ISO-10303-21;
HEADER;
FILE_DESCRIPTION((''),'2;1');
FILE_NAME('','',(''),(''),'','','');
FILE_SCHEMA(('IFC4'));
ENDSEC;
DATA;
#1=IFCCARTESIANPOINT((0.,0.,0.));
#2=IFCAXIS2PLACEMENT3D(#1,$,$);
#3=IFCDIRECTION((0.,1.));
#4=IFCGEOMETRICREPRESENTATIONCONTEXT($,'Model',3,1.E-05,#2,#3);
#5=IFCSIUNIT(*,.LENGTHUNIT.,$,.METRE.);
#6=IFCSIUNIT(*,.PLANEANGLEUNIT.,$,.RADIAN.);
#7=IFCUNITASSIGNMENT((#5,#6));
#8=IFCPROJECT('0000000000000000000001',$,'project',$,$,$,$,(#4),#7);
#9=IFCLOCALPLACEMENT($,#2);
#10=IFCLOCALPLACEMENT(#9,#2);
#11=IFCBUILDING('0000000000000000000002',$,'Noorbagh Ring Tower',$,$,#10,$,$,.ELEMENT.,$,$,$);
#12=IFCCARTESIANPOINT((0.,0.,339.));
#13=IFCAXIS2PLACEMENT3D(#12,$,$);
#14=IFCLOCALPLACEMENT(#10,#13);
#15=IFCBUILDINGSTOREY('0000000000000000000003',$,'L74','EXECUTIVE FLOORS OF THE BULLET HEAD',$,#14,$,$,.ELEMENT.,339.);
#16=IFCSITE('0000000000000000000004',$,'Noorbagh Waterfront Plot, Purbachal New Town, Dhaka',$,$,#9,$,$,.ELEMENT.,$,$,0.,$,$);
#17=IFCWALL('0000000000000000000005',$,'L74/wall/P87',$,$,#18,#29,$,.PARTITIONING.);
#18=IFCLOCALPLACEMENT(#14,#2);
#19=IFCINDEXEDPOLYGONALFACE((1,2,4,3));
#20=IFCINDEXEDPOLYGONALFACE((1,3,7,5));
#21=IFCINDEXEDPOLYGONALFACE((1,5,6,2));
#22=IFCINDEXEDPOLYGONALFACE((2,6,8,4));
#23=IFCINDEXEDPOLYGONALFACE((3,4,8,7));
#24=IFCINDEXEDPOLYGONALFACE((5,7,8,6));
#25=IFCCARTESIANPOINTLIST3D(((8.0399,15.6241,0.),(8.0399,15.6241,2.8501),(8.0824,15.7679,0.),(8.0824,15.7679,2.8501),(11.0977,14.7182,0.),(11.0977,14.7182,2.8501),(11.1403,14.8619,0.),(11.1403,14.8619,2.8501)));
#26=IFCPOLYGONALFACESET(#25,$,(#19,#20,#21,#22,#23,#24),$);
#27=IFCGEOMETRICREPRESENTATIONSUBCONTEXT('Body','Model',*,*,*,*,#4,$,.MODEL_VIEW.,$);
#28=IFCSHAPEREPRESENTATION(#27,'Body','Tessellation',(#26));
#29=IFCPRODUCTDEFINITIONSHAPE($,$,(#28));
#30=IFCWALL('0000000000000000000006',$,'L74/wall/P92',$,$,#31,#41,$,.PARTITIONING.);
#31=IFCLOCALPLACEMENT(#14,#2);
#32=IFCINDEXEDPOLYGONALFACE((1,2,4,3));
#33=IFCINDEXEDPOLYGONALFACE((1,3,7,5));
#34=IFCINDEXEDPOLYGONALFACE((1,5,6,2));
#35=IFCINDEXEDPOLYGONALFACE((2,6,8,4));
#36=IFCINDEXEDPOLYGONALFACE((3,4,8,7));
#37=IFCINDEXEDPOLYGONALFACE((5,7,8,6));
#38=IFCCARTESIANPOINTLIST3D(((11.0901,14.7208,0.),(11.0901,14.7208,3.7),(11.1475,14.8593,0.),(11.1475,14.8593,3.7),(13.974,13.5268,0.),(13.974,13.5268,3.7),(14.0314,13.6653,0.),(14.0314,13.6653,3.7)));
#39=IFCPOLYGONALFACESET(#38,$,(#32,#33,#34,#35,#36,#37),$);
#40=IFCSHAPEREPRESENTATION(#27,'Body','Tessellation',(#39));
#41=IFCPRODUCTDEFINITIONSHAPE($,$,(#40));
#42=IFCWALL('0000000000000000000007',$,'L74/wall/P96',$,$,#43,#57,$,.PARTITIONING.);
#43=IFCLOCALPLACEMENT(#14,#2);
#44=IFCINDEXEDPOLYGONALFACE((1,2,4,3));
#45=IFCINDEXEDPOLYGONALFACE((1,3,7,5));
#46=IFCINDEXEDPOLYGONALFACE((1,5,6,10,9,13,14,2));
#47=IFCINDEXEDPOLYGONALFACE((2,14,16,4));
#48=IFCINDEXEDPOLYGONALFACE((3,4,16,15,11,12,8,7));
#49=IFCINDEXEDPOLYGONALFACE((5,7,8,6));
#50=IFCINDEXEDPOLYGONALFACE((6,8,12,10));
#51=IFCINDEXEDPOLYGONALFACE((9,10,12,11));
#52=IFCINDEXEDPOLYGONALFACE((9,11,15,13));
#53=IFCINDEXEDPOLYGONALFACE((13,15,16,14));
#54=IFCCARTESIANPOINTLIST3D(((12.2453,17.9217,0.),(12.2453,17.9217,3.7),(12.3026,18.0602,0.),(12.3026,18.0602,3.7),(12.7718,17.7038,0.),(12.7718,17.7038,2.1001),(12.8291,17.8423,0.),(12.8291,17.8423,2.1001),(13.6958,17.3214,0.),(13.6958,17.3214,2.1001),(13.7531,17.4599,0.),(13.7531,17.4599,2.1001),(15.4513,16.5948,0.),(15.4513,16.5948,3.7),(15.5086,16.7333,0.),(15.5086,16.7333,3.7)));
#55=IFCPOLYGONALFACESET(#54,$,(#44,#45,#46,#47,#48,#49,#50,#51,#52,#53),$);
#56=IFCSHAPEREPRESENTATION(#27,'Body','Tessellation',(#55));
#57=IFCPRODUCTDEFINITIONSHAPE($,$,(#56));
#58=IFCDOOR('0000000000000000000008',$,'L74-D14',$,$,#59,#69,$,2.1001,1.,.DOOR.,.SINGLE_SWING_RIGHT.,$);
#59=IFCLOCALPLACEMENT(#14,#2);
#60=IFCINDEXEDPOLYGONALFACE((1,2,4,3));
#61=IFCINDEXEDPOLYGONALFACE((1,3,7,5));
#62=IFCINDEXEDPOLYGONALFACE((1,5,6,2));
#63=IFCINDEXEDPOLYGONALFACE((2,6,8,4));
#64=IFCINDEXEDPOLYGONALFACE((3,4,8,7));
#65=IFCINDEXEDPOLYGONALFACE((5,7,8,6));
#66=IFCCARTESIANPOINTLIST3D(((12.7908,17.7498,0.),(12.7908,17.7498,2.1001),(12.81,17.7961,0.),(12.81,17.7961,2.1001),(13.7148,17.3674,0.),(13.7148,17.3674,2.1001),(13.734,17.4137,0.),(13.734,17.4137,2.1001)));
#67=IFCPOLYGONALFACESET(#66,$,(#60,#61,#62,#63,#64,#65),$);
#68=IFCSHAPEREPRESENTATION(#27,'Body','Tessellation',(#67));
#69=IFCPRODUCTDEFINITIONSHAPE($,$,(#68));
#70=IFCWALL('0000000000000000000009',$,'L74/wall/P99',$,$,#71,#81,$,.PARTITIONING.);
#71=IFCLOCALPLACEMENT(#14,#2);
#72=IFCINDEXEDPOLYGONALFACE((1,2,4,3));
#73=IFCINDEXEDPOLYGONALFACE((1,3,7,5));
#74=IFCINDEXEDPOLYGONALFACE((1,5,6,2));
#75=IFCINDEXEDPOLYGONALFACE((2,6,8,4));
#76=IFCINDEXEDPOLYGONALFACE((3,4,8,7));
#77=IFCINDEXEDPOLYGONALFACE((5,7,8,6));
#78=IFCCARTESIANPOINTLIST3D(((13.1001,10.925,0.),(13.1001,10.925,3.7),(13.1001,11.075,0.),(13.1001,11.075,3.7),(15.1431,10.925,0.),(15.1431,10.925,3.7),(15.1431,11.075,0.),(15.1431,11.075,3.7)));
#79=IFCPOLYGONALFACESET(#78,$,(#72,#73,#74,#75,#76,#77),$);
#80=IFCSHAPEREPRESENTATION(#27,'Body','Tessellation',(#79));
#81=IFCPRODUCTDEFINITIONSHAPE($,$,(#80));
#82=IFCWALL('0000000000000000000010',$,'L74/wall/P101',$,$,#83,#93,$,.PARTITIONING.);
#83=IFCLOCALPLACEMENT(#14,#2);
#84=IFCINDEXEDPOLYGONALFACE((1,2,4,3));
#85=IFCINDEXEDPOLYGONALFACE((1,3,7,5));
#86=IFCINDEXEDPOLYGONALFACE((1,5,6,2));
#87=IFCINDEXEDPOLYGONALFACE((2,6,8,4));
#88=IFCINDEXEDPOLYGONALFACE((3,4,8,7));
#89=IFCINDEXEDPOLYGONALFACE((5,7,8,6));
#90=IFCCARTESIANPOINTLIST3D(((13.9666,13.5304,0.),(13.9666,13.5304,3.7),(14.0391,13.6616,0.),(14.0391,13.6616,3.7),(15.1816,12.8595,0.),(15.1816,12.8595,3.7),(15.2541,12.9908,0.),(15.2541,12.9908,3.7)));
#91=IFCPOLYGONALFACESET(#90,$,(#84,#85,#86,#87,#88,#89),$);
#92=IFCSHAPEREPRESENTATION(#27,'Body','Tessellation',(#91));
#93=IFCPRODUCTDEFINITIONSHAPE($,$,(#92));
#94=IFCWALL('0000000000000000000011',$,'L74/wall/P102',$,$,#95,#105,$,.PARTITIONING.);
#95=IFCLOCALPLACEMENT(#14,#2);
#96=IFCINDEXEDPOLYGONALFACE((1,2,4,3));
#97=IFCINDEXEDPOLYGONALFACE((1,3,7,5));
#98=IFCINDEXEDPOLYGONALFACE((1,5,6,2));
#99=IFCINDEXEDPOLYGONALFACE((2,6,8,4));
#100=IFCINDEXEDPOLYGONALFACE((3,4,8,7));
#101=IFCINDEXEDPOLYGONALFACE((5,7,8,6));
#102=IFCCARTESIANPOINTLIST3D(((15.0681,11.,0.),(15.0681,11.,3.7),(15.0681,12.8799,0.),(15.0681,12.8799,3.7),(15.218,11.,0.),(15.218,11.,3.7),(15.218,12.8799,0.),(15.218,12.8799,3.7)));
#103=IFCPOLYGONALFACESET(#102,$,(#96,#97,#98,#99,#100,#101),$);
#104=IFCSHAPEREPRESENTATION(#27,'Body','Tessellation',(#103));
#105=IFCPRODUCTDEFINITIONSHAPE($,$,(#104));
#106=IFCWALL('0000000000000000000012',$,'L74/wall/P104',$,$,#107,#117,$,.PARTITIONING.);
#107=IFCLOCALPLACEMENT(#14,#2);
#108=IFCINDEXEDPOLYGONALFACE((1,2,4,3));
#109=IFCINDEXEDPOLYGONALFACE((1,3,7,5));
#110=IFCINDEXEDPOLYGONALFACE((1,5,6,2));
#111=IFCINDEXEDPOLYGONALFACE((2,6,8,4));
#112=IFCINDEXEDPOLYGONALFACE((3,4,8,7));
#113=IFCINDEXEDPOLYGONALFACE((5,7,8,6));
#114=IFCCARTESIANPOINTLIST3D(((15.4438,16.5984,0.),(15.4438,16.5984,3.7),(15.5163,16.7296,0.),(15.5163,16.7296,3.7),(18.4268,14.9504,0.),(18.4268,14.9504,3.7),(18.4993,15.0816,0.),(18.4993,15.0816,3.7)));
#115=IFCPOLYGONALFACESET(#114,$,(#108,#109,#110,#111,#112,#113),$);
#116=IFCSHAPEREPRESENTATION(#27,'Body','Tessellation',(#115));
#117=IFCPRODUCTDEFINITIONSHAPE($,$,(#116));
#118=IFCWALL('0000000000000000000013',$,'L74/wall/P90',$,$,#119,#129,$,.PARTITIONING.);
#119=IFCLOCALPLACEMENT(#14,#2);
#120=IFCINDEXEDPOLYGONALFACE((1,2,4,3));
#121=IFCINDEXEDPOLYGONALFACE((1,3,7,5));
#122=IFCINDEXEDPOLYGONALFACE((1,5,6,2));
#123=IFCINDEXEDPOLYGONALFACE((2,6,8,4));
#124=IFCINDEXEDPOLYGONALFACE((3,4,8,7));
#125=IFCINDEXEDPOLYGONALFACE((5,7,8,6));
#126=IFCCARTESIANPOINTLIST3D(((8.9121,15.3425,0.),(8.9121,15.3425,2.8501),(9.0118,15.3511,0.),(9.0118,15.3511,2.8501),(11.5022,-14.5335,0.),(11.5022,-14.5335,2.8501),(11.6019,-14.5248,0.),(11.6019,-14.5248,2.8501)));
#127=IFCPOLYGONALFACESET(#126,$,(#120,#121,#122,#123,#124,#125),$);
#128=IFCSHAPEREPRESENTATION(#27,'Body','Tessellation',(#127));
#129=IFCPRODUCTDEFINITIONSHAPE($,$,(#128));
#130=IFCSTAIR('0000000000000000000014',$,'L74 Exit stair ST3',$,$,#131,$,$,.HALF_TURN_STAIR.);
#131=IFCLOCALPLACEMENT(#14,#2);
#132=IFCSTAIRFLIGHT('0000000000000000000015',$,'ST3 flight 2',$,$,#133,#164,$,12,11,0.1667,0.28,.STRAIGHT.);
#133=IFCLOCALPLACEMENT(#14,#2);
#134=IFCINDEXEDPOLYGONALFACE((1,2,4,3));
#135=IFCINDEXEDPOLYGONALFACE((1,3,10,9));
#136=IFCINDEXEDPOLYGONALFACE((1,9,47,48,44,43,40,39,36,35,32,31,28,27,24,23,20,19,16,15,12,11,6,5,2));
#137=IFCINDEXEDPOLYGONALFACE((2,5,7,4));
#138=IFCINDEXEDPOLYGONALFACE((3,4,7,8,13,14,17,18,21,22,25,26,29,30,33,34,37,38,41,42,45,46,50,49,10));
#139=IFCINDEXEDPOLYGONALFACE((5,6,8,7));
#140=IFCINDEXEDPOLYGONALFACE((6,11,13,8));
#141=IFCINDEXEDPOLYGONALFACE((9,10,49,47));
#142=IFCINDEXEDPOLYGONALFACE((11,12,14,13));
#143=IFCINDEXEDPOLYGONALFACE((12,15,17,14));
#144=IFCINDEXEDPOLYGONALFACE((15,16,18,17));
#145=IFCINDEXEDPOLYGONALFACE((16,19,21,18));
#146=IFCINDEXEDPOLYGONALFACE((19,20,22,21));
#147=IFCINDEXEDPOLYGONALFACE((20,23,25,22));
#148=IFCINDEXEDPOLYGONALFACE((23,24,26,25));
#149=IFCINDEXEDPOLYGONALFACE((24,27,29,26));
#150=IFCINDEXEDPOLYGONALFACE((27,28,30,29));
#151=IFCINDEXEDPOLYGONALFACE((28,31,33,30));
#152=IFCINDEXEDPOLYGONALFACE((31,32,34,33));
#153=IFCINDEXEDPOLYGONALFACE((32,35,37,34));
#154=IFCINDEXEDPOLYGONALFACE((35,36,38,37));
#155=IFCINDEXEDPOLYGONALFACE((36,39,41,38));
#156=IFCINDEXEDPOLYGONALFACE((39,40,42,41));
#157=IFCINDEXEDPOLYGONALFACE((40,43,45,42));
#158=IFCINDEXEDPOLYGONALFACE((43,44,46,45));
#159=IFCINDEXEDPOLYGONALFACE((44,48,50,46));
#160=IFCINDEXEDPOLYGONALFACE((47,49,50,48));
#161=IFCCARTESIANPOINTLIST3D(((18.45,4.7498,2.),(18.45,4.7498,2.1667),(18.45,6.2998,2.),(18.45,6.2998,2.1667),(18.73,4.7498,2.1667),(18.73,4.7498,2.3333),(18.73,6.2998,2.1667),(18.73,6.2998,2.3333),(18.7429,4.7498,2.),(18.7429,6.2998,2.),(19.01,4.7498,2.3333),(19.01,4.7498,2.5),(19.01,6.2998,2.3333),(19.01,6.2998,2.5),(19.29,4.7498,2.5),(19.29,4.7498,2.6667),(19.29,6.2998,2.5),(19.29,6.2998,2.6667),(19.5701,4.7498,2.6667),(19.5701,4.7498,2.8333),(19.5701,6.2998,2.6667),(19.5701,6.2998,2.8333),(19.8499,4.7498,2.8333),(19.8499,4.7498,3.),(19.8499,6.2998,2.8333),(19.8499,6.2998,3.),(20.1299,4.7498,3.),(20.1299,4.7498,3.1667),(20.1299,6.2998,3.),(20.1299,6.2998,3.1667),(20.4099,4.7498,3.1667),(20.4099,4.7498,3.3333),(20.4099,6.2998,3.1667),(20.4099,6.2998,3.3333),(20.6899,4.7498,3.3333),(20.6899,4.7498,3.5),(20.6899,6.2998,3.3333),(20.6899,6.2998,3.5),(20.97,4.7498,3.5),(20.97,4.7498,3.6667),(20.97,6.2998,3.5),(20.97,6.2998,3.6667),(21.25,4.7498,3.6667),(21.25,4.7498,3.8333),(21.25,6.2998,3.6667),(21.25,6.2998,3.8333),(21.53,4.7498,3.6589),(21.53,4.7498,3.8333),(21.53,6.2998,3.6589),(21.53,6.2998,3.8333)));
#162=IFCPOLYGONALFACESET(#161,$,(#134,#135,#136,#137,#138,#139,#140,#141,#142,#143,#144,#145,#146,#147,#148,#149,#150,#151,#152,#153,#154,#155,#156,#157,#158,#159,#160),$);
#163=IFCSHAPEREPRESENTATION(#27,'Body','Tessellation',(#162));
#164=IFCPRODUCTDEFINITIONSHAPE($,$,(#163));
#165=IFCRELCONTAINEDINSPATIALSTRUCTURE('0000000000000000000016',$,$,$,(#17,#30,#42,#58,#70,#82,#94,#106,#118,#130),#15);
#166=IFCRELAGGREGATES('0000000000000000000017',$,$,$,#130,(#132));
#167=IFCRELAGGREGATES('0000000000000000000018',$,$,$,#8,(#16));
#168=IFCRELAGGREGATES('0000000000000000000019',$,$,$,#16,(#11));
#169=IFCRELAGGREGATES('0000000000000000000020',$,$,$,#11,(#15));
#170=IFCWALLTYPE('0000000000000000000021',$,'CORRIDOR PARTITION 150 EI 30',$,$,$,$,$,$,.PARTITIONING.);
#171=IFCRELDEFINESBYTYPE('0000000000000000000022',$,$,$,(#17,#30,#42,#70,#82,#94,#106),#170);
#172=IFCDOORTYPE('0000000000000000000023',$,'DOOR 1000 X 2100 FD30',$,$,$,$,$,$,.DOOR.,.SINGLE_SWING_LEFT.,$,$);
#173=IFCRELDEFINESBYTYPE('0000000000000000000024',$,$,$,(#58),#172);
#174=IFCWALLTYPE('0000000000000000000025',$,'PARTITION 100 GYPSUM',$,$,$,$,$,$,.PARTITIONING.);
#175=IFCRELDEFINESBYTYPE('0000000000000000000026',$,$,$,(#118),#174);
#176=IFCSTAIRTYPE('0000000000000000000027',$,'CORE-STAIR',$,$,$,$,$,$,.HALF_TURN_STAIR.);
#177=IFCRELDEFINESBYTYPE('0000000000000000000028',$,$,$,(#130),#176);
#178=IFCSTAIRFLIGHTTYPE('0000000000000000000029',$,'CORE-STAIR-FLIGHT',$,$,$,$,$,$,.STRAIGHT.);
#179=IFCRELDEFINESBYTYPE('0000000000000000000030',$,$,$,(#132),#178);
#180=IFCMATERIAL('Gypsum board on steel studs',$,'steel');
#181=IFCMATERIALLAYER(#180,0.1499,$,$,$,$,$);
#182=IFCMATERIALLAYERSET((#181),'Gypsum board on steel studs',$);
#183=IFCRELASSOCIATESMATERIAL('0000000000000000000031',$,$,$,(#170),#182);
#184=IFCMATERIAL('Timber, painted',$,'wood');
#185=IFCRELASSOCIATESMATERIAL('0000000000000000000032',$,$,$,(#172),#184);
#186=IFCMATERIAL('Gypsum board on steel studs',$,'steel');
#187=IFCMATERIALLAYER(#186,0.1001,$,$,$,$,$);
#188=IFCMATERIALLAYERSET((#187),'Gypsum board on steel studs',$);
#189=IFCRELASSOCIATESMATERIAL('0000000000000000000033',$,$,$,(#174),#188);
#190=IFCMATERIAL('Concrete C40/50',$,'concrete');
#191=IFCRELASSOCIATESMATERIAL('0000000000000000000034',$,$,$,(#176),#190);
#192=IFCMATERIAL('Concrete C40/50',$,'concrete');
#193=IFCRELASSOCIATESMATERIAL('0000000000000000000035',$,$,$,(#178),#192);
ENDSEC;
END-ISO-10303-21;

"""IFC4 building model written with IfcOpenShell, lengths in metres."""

from ifc_helpers import new_model, si_unit, direction, frame, frame_2d, origin, place, context, subcontext, project, spatial, polyline, rectangle, outline, extrude, material, layer, layer_set, type_object, element, fill, aggregate, save


model = new_model("IFC4")

# Units and contexts
model_context = context("Model", 3, precision=1e-05, world=origin(), true_north=direction((0.0, 1.0)))
body_context = subcontext(model_context, "Body", "Model", "MODEL_VIEW")
ifc_project = project(units=[si_unit("LENGTHUNIT", "METRE"), si_unit("PLANEANGLEUNIT", "RADIAN")], contexts=[model_context])

# Site, building, storey
site_placement = place(None, origin())
site = spatial("IfcSite", under=ifc_project, at=site_placement, Name="Noorbagh Waterfront Plot, Purbachal New Town, Dhaka", CompositionType="ELEMENT", RefElevation=0.0)
building_placement = place(site_placement, origin())
building = spatial("IfcBuilding", under=site, at=building_placement, Name="Noorbagh Ring Tower", CompositionType="ELEMENT")
storey_placement = place(building_placement, frame((0.0, 0.0, 339.0)))
storey = spatial("IfcBuildingStorey", under=building, at=storey_placement, Name="L74", Description="EXECUTIVE FLOORS OF THE BULLET HEAD", CompositionType="ELEMENT", Elevation=339.0)

# Shared definitions
ifc_material_1 = material(Name="Gypsum board on steel studs", Category="steel")
ifc_layer_1 = layer(ifc_material_1, 0.1499)
ifc_layer_set_1 = layer_set([ifc_layer_1], Name="Gypsum board on steel studs")
wall_type_1 = type_object("IfcWallType", Name="CORRIDOR PARTITION 150 EI 30", PredefinedType="PARTITIONING", material=ifc_layer_set_1)

# Shared definitions
ifc_material_2 = material(Name="Timber, painted", Category="wood")
door_type_1 = type_object("IfcDoorType", Name="DOOR 1000 X 2100 FD30", OperationType="SINGLE_SWING_LEFT", PredefinedType="DOOR", material=ifc_material_2)

# Walls
wall_1_placement = place(storey_placement, frame((8.061, 15.696, 0.0), z_axis=(0.0, 0.0, 1.0), x_axis=(0.9588, -0.284081, 0.0)))
element("IfcWall", 1, at=wall_1_placement, inside=storey, type_object=wall_type_1, Name="L74/wall/P87", PredefinedType="PARTITIONING", context=body_context, shape_type="SweptSolid", body=[
    extrude(rectangle(XDim=3.1892, YDim=0.1499, at=frame_2d((1.5947, 0.0))), origin(), (0.0, 0.0, 1.0), 2.8501),
])
wall_2_placement = place(storey_placement, frame((11.1189, 14.79, 0.0), z_axis=(0.0, 0.0, 1.0), x_axis=(0.923938, -0.382543, 0.0)))
element("IfcWall", 2, at=wall_2_placement, inside=storey, type_object=wall_type_1, Name="L74/wall/P92", PredefinedType="PARTITIONING", context=body_context, shape_type="SweptSolid", body=[
    extrude(rectangle(XDim=3.1213, YDim=0.1499, at=frame_2d((1.5605, 0.0))), origin(), (0.0, 0.0, 1.0), 3.7),
])

# Wall, opening, door
wall_3_placement = place(storey_placement, frame((12.2739, 17.991, 0.0), z_axis=(0.0, 0.0, 1.0), x_axis=(0.92399, -0.382416, 0.0)))
wall_3 = element("IfcWall", 3, at=wall_3_placement, inside=storey, type_object=wall_type_1, Name="L74/wall/P96", PredefinedType="PARTITIONING", context=body_context, shape_type="SweptSolid", body=[
    extrude(rectangle(XDim=3.4697, YDim=0.1499, at=frame_2d((1.7349, 0.0))), origin(), (0.0, 0.0, 1.0), 3.7),
])
opening_1_placement = place(wall_3_placement, frame((0.5698, 0.0, 0.0)))
opening_1 = element("IfcOpeningElement", 4, at=opening_1_placement, cuts=wall_3, PredefinedType="OPENING", context=body_context, shape_type="SweptSolid", body=[
    extrude(rectangle(XDim=1.0, YDim=2.1001, at=frame_2d((0.5, 1.05))), frame((0.0, 0.085, 0.0), z_axis=(0.0, -1.0, 0.0), x_axis=(1.0, 0.0, 0.0)), (0.0, 0.0, 1.0), 0.1699),
])
door_1_placement = place(opening_1_placement, origin())
door_1 = element("IfcDoor", 5, at=door_1_placement, inside=storey, type_object=door_type_1, Name="L74-D14", OperationType="SINGLE_SWING_RIGHT", OverallHeight=2.1001, OverallWidth=1.0, PredefinedType="DOOR", context=body_context, shape_type="SweptSolid", body=[
    extrude(rectangle(XDim=1.0, YDim=2.1001, at=frame_2d((0.5, 1.05))), frame((0.0, 0.0249, 0.0), z_axis=(0.0, -1.0, 0.0), x_axis=(1.0, 0.0, 0.0)), (0.0, 0.0, 1.0), 0.05),
])
fill(opening_1, door_1)

# Walls
wall_4_placement = place(storey_placement, frame((13.1001, 11.0, 0.0), z_axis=(0.0, 0.0, 1.0), x_axis=(1.0, 0.0, 0.0)))
element("IfcWall", 6, at=wall_4_placement, inside=storey, type_object=wall_type_1, Name="L74/wall/P99", PredefinedType="PARTITIONING", context=body_context, shape_type="SweptSolid", body=[
    extrude(rectangle(XDim=2.043, YDim=0.1499, at=frame_2d((1.0215, 0.0))), origin(), (0.0, 0.0, 1.0), 3.7),
])
wall_5_placement = place(storey_placement, frame((14.0029, 13.5959, 0.0), z_axis=(0.0, 0.0, 1.0), x_axis=(0.875424, -0.483356, 0.0)))
element("IfcWall", 7, at=wall_5_placement, inside=storey, type_object=wall_type_1, Name="L74/wall/P101", PredefinedType="PARTITIONING", context=body_context, shape_type="SweptSolid", body=[
    extrude(rectangle(XDim=1.3879, YDim=0.1499, at=frame_2d((0.6938, 0.0))), origin(), (0.0, 0.0, 1.0), 3.7),
])
wall_6_placement = place(storey_placement, frame((15.1431, 11.0, 0.0), z_axis=(0.0, 0.0, 1.0), x_axis=(0.0, 1.0, 0.0)))
element("IfcWall", 8, at=wall_6_placement, inside=storey, type_object=wall_type_1, Name="L74/wall/P102", PredefinedType="PARTITIONING", context=body_context, shape_type="SweptSolid", body=[
    extrude(rectangle(XDim=1.8799, YDim=0.1499, at=frame_2d((0.9399, 0.0))), origin(), (0.0, 0.0, 1.0), 3.7),
])
wall_7_placement = place(storey_placement, frame((15.48, 16.6641, 0.0), z_axis=(0.0, 0.0, 1.0), x_axis=(0.875304, -0.483573, 0.0)))
element("IfcWall", 9, at=wall_7_placement, inside=storey, type_object=wall_type_1, Name="L74/wall/P104", PredefinedType="PARTITIONING", context=body_context, shape_type="SweptSolid", body=[
    extrude(rectangle(XDim=3.408, YDim=0.1499, at=frame_2d((1.7041, 0.0))), origin(), (0.0, 0.0, 1.0), 3.7),
])

# Wall
ifc_material_3 = material(Name="Gypsum board on steel studs", Category="steel")
ifc_layer_2 = layer(ifc_material_3, 0.1001)
ifc_layer_set_2 = layer_set([ifc_layer_2], Name="Gypsum board on steel studs")
wall_type_2 = type_object("IfcWallType", Name="PARTITION 100 GYPSUM", PredefinedType="PARTITIONING", material=ifc_layer_set_2)
wall_8_placement = place(storey_placement, frame((8.9619, 15.3469, 0.0), z_axis=(0.0, 0.0, 1.0), x_axis=(0.086371, -0.996263, 0.0)))
element("IfcWall", 10, at=wall_8_placement, inside=storey, type_object=wall_type_2, Name="L74/wall/P90", PredefinedType="PARTITIONING", context=body_context, shape_type="SweptSolid", body=[
    extrude(rectangle(XDim=29.988, YDim=0.1001, at=frame_2d((14.9941, 0.0))), origin(), (0.0, 0.0, 1.0), 2.8501),
])

# Stair, stair flight
ifc_material_4 = material(Name="Concrete C40/50", Category="concrete")
stair_type = type_object("IfcStairType", Name="CORE-STAIR", PredefinedType="HALF_TURN_STAIR", material=ifc_material_4)
stair_placement = place(storey_placement, origin())
stair = element("IfcStair", 11, at=stair_placement, inside=storey, type_object=stair_type, Name="L74 Exit stair ST3", PredefinedType="HALF_TURN_STAIR")
ifc_material_5 = material(Name="Concrete C40/50", Category="concrete")
stair_flight_type = type_object("IfcStairFlightType", Name="CORE-STAIR-FLIGHT", PredefinedType="STRAIGHT", material=ifc_material_5)
stair_flight_placement = place(storey_placement, frame((18.45, 5.5249, 2.0), z_axis=(0.0, 0.0, 1.0), x_axis=(1.0, 0.0, 0.0)))
stair_flight = element("IfcStairFlight", 12, at=stair_flight_placement, type_object=stair_flight_type, Name="ST3 flight 2", NumberOfRisers=12, NumberOfTreads=11, PredefinedType="STRAIGHT", RiserHeight=0.1667, TreadLength=0.28, context=body_context, shape_type="SweptSolid", body=[
    extrude(outline(polyline([(0.0, 0.0), (0.0, 0.1667), (0.28, 0.1667), (0.28, 0.3333), (0.5601, 0.3333), (0.5601, 0.5), (0.8401, 0.5), (0.8401, 0.6667), (1.1201, 0.6667), (1.1201, 0.8333), (1.3999, 0.8333), (1.3999, 1.0), (1.6799, 1.0), (1.6799, 1.1667), (1.96, 1.1667), (1.96, 1.3333), (2.24, 1.3333), (2.24, 1.5), (2.52, 1.5), (2.52, 1.6667), (2.8, 1.6667), (2.8, 1.8333), (3.0801, 1.8333), (3.0801, 2.0), (3.0801, 1.6589), (0.293, 0.0), (0.0, 0.0)])), frame((0.0, 0.7749, 0.0), z_axis=(0.0, -1.0, 0.0), x_axis=(1.0, 0.0, 0.0)), (0.0, 0.0, 1.0), 1.55),
])
aggregate(stair, [stair_flight])

save(model, "model.ifc")
